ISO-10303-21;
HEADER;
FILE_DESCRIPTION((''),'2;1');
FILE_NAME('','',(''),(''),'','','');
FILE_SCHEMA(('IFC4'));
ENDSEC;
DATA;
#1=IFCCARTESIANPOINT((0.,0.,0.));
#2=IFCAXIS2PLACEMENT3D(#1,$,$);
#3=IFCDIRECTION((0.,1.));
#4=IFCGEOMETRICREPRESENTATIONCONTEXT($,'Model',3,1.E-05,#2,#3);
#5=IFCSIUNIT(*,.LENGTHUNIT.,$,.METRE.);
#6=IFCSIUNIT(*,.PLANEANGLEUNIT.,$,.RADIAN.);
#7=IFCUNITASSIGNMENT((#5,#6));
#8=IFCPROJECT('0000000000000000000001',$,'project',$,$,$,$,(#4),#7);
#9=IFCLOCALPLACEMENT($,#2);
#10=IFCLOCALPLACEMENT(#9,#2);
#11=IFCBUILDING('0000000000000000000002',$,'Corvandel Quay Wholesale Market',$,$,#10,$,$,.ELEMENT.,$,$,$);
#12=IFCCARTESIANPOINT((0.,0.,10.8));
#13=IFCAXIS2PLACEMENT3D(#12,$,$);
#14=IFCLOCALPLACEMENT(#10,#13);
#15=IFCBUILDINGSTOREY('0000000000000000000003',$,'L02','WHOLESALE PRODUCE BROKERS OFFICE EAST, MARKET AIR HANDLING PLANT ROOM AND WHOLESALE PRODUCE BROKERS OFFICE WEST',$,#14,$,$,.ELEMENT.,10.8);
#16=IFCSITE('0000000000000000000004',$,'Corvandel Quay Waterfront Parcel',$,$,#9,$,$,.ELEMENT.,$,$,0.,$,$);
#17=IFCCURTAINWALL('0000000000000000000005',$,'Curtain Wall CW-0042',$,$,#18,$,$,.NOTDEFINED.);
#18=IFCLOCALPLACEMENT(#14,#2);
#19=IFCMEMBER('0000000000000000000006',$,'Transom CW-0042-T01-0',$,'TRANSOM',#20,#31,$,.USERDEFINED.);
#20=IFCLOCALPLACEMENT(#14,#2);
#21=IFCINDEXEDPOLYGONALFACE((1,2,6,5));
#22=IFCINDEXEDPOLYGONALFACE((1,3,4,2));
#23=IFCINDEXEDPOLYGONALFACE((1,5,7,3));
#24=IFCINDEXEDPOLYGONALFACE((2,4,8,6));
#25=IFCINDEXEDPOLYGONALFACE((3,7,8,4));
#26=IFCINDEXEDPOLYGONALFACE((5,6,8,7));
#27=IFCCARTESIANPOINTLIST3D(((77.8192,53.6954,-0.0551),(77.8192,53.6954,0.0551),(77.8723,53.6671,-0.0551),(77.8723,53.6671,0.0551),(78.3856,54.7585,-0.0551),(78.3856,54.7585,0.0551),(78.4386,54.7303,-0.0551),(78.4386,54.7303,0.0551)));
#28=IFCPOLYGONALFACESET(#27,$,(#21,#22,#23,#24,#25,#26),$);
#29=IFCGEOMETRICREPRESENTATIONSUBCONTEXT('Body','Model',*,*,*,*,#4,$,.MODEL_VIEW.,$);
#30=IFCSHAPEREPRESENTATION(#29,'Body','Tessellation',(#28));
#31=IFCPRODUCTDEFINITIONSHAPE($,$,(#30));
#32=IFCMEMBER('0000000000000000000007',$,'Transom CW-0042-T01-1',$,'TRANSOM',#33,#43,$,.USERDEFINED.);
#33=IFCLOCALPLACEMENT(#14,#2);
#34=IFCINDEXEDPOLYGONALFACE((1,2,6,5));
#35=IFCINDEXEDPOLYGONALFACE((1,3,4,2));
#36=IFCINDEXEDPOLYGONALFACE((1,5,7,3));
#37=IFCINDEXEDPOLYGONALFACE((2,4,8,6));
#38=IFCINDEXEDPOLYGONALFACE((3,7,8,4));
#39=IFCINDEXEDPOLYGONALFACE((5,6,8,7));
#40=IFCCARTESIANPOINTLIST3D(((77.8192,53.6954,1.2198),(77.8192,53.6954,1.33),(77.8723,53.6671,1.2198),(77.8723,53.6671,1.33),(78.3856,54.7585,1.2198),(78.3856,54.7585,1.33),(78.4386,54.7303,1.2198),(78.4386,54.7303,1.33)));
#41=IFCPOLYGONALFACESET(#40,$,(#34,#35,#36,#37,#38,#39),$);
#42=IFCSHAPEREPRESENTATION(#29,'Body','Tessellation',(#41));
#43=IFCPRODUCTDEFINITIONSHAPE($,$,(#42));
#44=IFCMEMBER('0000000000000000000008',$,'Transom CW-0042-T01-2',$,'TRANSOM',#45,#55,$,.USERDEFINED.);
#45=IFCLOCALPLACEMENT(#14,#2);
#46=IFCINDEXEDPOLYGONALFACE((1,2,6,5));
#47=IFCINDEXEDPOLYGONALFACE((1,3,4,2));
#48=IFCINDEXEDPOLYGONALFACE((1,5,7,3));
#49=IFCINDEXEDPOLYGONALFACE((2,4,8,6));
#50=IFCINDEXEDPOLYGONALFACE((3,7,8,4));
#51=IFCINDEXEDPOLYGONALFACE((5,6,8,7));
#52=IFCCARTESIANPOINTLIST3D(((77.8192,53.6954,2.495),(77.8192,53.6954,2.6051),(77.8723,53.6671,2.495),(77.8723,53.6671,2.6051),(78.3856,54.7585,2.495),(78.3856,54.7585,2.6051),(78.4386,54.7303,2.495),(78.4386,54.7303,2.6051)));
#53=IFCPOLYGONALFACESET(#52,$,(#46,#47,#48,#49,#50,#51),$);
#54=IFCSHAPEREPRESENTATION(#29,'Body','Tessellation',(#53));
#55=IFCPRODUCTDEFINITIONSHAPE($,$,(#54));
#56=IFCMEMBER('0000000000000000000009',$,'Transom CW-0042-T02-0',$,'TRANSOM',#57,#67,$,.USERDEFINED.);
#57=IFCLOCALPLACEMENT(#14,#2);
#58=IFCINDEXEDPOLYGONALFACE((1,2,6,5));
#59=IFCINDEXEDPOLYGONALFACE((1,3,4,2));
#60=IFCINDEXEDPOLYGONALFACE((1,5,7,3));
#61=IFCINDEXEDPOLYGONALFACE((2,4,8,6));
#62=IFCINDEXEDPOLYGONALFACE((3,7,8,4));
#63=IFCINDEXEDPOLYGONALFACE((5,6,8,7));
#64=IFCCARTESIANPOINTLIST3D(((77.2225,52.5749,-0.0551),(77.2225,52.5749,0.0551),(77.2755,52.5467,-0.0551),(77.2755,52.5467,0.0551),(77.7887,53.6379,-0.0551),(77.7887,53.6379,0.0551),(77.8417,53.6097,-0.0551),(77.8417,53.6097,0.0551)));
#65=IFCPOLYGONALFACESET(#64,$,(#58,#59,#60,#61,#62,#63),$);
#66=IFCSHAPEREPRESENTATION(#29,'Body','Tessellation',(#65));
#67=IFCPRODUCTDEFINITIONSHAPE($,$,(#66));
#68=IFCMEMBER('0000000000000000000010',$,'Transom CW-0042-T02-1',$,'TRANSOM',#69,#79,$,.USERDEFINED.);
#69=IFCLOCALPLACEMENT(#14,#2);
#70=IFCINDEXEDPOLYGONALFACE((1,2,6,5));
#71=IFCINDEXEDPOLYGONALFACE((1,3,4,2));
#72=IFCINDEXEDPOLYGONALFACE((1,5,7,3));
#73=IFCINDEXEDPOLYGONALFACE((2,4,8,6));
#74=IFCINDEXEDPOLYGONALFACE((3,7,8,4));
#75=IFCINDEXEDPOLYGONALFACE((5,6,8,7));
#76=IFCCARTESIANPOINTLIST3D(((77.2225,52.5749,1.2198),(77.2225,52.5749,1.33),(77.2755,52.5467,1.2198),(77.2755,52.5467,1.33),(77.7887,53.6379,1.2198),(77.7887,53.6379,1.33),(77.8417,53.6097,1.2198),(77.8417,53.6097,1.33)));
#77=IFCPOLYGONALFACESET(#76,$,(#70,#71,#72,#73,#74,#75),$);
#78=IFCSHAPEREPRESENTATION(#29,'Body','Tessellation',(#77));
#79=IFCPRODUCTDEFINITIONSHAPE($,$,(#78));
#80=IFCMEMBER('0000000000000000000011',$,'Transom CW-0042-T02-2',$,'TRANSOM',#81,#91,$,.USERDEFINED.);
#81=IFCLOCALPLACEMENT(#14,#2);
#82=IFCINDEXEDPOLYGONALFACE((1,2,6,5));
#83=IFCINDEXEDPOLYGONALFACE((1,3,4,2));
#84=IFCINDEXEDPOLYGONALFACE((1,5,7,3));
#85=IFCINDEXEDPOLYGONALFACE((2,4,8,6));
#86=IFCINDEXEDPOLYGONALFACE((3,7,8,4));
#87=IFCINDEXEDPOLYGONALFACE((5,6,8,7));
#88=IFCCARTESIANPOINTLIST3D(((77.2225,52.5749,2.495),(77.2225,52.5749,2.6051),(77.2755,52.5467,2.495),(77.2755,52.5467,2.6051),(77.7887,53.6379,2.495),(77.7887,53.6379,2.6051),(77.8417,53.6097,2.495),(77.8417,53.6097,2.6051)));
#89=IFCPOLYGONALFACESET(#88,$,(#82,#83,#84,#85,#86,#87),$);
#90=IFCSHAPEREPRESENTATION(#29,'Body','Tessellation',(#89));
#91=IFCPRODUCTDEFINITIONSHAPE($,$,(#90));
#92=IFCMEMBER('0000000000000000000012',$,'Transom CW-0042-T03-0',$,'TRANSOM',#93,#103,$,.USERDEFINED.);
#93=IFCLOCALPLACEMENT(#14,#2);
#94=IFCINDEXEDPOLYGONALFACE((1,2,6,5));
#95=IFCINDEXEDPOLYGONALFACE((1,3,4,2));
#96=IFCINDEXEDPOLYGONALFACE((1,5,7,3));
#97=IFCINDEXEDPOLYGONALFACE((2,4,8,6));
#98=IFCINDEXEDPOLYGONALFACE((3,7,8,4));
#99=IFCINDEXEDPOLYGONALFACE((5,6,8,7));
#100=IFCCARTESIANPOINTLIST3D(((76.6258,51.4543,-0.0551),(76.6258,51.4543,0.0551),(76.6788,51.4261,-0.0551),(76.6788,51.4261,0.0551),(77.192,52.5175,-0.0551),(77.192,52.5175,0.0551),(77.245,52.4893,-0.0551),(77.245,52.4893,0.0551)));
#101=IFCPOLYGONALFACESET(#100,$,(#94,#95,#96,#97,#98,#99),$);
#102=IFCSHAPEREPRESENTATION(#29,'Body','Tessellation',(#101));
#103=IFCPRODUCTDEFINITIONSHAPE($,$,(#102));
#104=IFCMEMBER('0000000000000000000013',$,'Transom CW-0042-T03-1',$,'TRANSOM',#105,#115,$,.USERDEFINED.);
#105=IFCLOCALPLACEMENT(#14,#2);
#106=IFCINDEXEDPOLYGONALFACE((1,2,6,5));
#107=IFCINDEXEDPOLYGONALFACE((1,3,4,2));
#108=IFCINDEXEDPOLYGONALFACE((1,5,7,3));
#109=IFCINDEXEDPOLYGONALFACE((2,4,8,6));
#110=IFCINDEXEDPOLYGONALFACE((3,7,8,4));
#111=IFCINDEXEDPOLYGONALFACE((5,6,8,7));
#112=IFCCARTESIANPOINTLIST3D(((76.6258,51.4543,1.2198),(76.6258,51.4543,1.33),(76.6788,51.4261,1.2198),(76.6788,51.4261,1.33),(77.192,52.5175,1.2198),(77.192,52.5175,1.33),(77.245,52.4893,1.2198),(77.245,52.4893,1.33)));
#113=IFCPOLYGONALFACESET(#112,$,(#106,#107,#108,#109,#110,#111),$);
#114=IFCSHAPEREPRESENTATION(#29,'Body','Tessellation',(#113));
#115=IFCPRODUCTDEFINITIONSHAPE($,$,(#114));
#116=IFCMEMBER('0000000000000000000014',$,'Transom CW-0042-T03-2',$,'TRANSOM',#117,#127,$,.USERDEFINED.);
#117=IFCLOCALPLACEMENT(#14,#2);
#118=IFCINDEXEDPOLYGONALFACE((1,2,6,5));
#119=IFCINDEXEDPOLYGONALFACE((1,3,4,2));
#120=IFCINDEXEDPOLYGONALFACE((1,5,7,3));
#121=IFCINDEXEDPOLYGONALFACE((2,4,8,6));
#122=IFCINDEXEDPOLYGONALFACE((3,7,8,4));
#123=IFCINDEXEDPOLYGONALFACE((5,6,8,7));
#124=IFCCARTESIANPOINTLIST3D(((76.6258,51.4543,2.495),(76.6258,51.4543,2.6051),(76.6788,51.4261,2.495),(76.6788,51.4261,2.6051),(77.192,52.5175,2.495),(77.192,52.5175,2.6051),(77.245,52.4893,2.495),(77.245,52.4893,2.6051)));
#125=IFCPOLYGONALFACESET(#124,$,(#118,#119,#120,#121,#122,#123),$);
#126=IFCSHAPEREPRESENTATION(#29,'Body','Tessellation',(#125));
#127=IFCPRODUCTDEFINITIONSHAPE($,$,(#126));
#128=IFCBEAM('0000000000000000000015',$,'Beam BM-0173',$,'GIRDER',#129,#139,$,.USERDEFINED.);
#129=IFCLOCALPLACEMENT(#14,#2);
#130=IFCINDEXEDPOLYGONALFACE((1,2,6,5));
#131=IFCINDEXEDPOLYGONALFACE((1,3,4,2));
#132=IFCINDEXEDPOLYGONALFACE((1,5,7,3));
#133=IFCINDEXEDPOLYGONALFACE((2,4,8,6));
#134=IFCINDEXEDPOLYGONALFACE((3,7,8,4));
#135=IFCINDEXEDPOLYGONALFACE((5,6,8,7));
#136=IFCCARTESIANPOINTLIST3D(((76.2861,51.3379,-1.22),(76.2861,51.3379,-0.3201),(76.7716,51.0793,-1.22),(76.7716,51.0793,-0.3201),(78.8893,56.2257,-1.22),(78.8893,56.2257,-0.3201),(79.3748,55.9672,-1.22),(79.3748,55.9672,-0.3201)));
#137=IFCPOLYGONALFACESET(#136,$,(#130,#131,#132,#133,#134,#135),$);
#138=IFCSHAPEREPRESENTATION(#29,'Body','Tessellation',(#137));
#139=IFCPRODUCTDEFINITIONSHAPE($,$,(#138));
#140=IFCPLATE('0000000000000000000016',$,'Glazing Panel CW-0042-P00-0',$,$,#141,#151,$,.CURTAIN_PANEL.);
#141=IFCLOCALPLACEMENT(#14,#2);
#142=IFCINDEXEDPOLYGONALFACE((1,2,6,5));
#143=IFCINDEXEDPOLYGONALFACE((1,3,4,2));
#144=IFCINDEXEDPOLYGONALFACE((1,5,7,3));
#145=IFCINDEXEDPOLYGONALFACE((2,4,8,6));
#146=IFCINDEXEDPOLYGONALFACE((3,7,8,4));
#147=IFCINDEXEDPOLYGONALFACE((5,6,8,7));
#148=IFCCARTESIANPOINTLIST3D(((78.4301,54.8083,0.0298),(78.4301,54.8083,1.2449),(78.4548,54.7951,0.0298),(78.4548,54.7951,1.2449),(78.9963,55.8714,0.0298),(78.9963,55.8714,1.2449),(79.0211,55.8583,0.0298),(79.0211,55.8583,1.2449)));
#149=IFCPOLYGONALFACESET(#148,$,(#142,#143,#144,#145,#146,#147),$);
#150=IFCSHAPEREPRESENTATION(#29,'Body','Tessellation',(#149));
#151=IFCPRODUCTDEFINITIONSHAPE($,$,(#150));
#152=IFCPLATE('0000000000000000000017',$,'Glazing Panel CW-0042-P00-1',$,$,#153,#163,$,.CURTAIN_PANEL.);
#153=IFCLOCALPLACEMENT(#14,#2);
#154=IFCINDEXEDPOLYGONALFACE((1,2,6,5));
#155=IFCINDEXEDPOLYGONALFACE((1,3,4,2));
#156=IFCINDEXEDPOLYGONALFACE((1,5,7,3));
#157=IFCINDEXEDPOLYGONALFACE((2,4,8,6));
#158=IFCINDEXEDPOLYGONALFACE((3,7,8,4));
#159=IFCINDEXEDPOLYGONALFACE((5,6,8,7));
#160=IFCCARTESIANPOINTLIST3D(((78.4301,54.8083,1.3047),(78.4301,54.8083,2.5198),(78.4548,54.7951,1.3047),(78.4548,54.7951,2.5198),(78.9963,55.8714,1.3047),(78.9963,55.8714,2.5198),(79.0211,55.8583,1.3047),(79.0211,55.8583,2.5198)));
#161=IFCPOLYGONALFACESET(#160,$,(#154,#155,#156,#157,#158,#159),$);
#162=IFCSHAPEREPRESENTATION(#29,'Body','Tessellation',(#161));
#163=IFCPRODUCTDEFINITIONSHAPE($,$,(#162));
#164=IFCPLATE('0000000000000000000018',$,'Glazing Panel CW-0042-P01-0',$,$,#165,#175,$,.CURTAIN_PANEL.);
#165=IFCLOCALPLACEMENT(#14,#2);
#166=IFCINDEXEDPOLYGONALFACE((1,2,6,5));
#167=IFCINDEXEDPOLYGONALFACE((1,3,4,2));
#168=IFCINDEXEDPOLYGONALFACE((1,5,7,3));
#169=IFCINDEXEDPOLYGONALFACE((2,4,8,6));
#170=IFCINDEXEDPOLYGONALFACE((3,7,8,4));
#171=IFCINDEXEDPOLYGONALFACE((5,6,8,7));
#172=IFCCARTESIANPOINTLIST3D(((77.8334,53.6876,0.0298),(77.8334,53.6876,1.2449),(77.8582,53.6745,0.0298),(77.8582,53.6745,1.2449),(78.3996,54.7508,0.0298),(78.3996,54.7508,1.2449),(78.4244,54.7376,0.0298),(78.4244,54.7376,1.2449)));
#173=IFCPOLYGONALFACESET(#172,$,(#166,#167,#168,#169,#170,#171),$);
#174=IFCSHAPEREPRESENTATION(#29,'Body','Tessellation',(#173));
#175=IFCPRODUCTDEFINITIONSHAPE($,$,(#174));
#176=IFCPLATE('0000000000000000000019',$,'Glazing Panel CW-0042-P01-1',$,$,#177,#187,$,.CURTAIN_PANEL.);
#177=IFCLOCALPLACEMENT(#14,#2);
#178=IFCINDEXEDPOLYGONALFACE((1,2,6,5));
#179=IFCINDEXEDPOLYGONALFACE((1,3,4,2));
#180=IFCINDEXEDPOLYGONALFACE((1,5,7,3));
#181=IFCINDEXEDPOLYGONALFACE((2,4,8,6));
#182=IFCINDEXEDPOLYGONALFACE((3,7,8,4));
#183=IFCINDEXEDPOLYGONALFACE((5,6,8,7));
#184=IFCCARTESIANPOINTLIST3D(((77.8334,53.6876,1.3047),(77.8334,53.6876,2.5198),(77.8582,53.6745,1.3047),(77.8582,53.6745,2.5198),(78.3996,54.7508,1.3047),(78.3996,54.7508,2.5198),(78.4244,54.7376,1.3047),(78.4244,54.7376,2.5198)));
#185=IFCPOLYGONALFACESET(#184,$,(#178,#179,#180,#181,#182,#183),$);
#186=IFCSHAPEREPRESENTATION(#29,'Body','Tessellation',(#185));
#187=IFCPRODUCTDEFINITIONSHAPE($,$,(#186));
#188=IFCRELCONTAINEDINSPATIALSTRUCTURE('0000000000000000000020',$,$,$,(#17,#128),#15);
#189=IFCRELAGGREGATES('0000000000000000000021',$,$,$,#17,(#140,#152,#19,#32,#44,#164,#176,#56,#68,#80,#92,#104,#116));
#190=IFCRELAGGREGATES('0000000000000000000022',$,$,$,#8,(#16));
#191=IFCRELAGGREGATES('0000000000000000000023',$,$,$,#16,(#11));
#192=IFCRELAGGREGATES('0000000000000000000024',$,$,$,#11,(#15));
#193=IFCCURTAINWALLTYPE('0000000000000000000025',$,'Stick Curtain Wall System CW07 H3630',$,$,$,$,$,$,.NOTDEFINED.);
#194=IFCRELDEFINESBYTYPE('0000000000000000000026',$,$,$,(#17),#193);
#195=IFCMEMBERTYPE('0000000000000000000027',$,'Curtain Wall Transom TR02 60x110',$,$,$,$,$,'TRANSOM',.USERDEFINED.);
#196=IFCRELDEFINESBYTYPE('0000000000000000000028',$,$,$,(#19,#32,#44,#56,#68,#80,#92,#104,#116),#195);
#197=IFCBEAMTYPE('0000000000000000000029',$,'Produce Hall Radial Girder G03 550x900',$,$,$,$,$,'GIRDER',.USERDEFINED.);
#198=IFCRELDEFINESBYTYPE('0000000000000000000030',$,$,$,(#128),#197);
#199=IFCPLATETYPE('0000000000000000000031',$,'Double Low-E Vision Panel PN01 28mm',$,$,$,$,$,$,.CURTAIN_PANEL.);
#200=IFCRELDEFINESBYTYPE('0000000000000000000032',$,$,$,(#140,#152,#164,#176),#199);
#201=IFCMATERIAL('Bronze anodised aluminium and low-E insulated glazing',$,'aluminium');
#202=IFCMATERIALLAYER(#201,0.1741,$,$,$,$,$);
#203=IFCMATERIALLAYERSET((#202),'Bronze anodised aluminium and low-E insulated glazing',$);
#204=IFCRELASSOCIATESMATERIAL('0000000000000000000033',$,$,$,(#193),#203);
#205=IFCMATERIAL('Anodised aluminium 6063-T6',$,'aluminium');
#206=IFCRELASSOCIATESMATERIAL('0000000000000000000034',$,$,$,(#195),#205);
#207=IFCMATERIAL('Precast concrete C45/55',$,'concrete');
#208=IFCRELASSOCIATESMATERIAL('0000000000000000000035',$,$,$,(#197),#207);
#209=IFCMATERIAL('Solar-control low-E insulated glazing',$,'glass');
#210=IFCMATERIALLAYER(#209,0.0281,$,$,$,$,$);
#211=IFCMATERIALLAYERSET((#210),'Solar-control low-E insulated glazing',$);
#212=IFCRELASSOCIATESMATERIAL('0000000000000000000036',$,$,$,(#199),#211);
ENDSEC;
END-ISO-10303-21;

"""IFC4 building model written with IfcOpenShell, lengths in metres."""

from ifc_helpers import new_model, si_unit, direction, frame, origin, origin_2d, place, context, subcontext, project, spatial, rectangle, extrude, material, layer, layer_set, material_profile, profile_set, type_object, element, aggregate, save


model = new_model("IFC4")

# Units and contexts
model_context = context("Model", 3, precision=1e-05, world=origin(), true_north=direction((0.0, 1.0)))
body_context = subcontext(model_context, "Body", "Model", "MODEL_VIEW")
ifc_project = project(units=[si_unit("LENGTHUNIT", "METRE"), si_unit("PLANEANGLEUNIT", "RADIAN")], contexts=[model_context])

# Site, building, storey
site_placement = place(None, origin())
site = spatial("IfcSite", under=ifc_project, at=site_placement, Name="Corvandel Quay Waterfront Parcel", CompositionType="ELEMENT", RefElevation=0.0)
building_placement = place(site_placement, origin())
building = spatial("IfcBuilding", under=site, at=building_placement, Name="Corvandel Quay Wholesale Market", CompositionType="ELEMENT")
storey_placement = place(building_placement, frame((0.0, 0.0, 10.8)))
storey = spatial("IfcBuildingStorey", under=building, at=storey_placement, Name="L02", Description="WHOLESALE PRODUCE BROKERS OFFICE EAST, MARKET AIR HANDLING PLANT ROOM AND WHOLESALE PRODUCE BROKERS OFFICE WEST", CompositionType="ELEMENT", Elevation=10.8)

# Shared definitions
ifc_material_1 = material(Name="Precast concrete C45/55", Category="concrete")

# Shared definitions
ifc_material_2 = material(Name="Bronze anodised aluminium and low-E insulated glazing", Category="aluminium")
ifc_material_3 = material(Name="Anodised aluminium 6063-T6", Category="aluminium")

# Curtain wall, members
ifc_layer_1 = layer(ifc_material_2, 0.1741)
ifc_layer_set_1 = layer_set([ifc_layer_1], Name="Bronze anodised aluminium and low-E insulated glazing")
curtain_wall_type_1 = type_object("IfcCurtainWallType", Name="Stick Curtain Wall System CW07 H3630", PredefinedType="NOTDEFINED", material=ifc_layer_set_1)
curtain_wall_1_placement = place(storey_placement, origin())
curtain_wall_1 = element("IfcCurtainWall", 1, at=curtain_wall_1_placement, inside=storey, type_object=curtain_wall_type_1, Name="Curtain Wall CW-0042", PredefinedType="NOTDEFINED")
ifc_material_profile_1 = material_profile(ifc_material_3, rectangle(XDim=0.0601, YDim=0.1101, at=origin_2d()), Name="ALU-TRN-60x110")
ifc_profile_set_1 = profile_set([ifc_material_profile_1], Name="Anodised aluminium 6063-T6")
member_type_1 = type_object("IfcMemberType", Name="Curtain Wall Transom TR02 60x110", ElementType="TRANSOM", PredefinedType="USERDEFINED", material=ifc_profile_set_1)
member_1_placement = place(storey_placement, frame((78.4121, 54.7444, 0.0), z_axis=(-0.470167, -0.882577, 0.0), x_axis=(0.882577, -0.470167, 0.0)))
member_1 = element("IfcMember", 2, at=member_1_placement, type_object=member_type_1, Name="Transom CW-0042-T01-0", ObjectType="TRANSOM", PredefinedType="USERDEFINED", context=body_context, shape_type="SweptSolid", body=[
    extrude(rectangle(XDim=0.0601, YDim=0.1101, at=origin_2d()), origin(), (0.0, 0.0, 1.0), 1.2046),
])
member_2_placement = place(storey_placement, frame((78.4121, 54.7444, 1.2749), z_axis=(-0.470167, -0.882577, 0.0), x_axis=(0.882577, -0.470167, 0.0)))
member_2 = element("IfcMember", 3, at=member_2_placement, type_object=member_type_1, Name="Transom CW-0042-T01-1", ObjectType="TRANSOM", PredefinedType="USERDEFINED", context=body_context, shape_type="SweptSolid", body=[
    extrude(rectangle(XDim=0.0601, YDim=0.1101, at=origin_2d()), origin(), (0.0, 0.0, 1.0), 1.2046),
])
member_3_placement = place(storey_placement, frame((78.4121, 54.7444, 2.55), z_axis=(-0.470167, -0.882577, 0.0), x_axis=(0.882577, -0.470167, 0.0)))
member_3 = element("IfcMember", 4, at=member_3_placement, type_object=member_type_1, Name="Transom CW-0042-T01-2", ObjectType="TRANSOM", PredefinedType="USERDEFINED", context=body_context, shape_type="SweptSolid", body=[
    extrude(rectangle(XDim=0.0601, YDim=0.1101, at=origin_2d()), origin(), (0.0, 0.0, 1.0), 1.2046),
])
member_4_placement = place(storey_placement, frame((77.8152, 53.6238, 0.0), z_axis=(-0.470094, -0.882617, 0.0), x_axis=(0.882617, -0.470094, 0.0)))
member_4 = element("IfcMember", 5, at=member_4_placement, type_object=member_type_1, Name="Transom CW-0042-T02-0", ObjectType="TRANSOM", PredefinedType="USERDEFINED", context=body_context, shape_type="SweptSolid", body=[
    extrude(rectangle(XDim=0.0601, YDim=0.1101, at=origin_2d()), origin(), (0.0, 0.0, 1.0), 1.2043),
])
member_5_placement = place(storey_placement, frame((77.8152, 53.6238, 1.2749), z_axis=(-0.470094, -0.882617, 0.0), x_axis=(0.882617, -0.470094, 0.0)))
member_5 = element("IfcMember", 6, at=member_5_placement, type_object=member_type_1, Name="Transom CW-0042-T02-1", ObjectType="TRANSOM", PredefinedType="USERDEFINED", context=body_context, shape_type="SweptSolid", body=[
    extrude(rectangle(XDim=0.0601, YDim=0.1101, at=origin_2d()), origin(), (0.0, 0.0, 1.0), 1.2043),
])
member_6_placement = place(storey_placement, frame((77.8152, 53.6238, 2.55), z_axis=(-0.470094, -0.882617, 0.0), x_axis=(0.882617, -0.470094, 0.0)))
member_6 = element("IfcMember", 7, at=member_6_placement, type_object=member_type_1, Name="Transom CW-0042-T02-2", ObjectType="TRANSOM", PredefinedType="USERDEFINED", context=body_context, shape_type="SweptSolid", body=[
    extrude(rectangle(XDim=0.0601, YDim=0.1101, at=origin_2d()), origin(), (0.0, 0.0, 1.0), 1.2043),
])
member_7_placement = place(storey_placement, frame((77.2185, 52.5034, 0.0), z_axis=(-0.47001, -0.882661, 0.0), x_axis=(0.882661, -0.47001, 0.0)))
member_7 = element("IfcMember", 8, at=member_7_placement, type_object=member_type_1, Name="Transom CW-0042-T03-0", ObjectType="TRANSOM", PredefinedType="USERDEFINED", context=body_context, shape_type="SweptSolid", body=[
    extrude(rectangle(XDim=0.0601, YDim=0.1101, at=origin_2d()), origin(), (0.0, 0.0, 1.0), 1.2046),
])
member_8_placement = place(storey_placement, frame((77.2185, 52.5034, 1.2749), z_axis=(-0.47001, -0.882661, 0.0), x_axis=(0.882661, -0.47001, 0.0)))
member_8 = element("IfcMember", 9, at=member_8_placement, type_object=member_type_1, Name="Transom CW-0042-T03-1", ObjectType="TRANSOM", PredefinedType="USERDEFINED", context=body_context, shape_type="SweptSolid", body=[
    extrude(rectangle(XDim=0.0601, YDim=0.1101, at=origin_2d()), origin(), (0.0, 0.0, 1.0), 1.2046),
])
member_9_placement = place(storey_placement, frame((77.2185, 52.5034, 2.55), z_axis=(-0.47001, -0.882661, 0.0), x_axis=(0.882661, -0.47001, 0.0)))
member_9 = element("IfcMember", 10, at=member_9_placement, type_object=member_type_1, Name="Transom CW-0042-T03-2", ObjectType="TRANSOM", PredefinedType="USERDEFINED", context=body_context, shape_type="SweptSolid", body=[
    extrude(rectangle(XDim=0.0601, YDim=0.1101, at=origin_2d()), origin(), (0.0, 0.0, 1.0), 1.2046),
])

# Beam
ifc_material_profile_2 = material_profile(ifc_material_1, rectangle(XDim=0.55, YDim=0.8999, at=origin_2d()), Name="PC-GIR-550x900")
ifc_profile_set_2 = profile_set([ifc_material_profile_2], Name="Precast concrete C45/55")
beam_type = type_object("IfcBeamType", Name="Produce Hall Radial Girder G03 550x900", ElementType="GIRDER", PredefinedType="USERDEFINED", material=ifc_profile_set_2)
beam_placement = place(storey_placement, frame((79.1321, 56.0964, -0.77), z_axis=(-0.470078, -0.882625, 0.0), x_axis=(0.882625, -0.470078, 0.0)))
element("IfcBeam", 11, at=beam_placement, inside=storey, type_object=beam_type, Name="Beam BM-0173", ObjectType="GIRDER", PredefinedType="USERDEFINED", context=body_context, shape_type="SweptSolid", body=[
    extrude(rectangle(XDim=0.55, YDim=0.8999, at=origin_2d()), origin(), (0.0, 0.0, 1.0), 5.5378),
])

# Plates
ifc_material_4 = material(Name="Solar-control low-E insulated glazing", Category="glass")
ifc_layer_2 = layer(ifc_material_4, 0.0281)
ifc_layer_set_2 = layer_set([ifc_layer_2], Name="Solar-control low-E insulated glazing")
plate_type = type_object("IfcPlateType", Name="Double Low-E Vision Panel PN01 28mm", PredefinedType="CURTAIN_PANEL", material=ifc_layer_set_2)
plate_1_placement = place(storey_placement, frame((78.7256, 55.3333, 0.0298), z_axis=(0.0, 0.0, 1.0), x_axis=(0.470088, 0.88262, 0.0)))
plate_1 = element("IfcPlate", 12, at=plate_1_placement, type_object=plate_type, Name="Glazing Panel CW-0042-P00-0", PredefinedType="CURTAIN_PANEL", context=body_context, shape_type="SweptSolid", body=[
    extrude(rectangle(XDim=1.2046, YDim=0.0281, at=origin_2d()), origin(), (0.0, 0.0, 1.0), 1.2151),
])
plate_2_placement = place(storey_placement, frame((78.7256, 55.3333, 1.3047), z_axis=(0.0, 0.0, 1.0), x_axis=(0.470088, 0.88262, 0.0)))
plate_2 = element("IfcPlate", 13, at=plate_2_placement, type_object=plate_type, Name="Glazing Panel CW-0042-P00-1", PredefinedType="CURTAIN_PANEL", context=body_context, shape_type="SweptSolid", body=[
    extrude(rectangle(XDim=1.2046, YDim=0.0281, at=origin_2d()), origin(), (0.0, 0.0, 1.0), 1.2151),
])
plate_3_placement = place(storey_placement, frame((78.1289, 54.2126, 0.0298), z_axis=(0.0, 0.0, 1.0), x_axis=(0.470088, 0.88262, 0.0)))
plate_3 = element("IfcPlate", 14, at=plate_3_placement, type_object=plate_type, Name="Glazing Panel CW-0042-P01-0", PredefinedType="CURTAIN_PANEL", context=body_context, shape_type="SweptSolid", body=[
    extrude(rectangle(XDim=1.2046, YDim=0.0281, at=origin_2d()), origin(), (0.0, 0.0, 1.0), 1.2151),
])
plate_4_placement = place(storey_placement, frame((78.1289, 54.2126, 1.3047), z_axis=(0.0, 0.0, 1.0), x_axis=(0.470088, 0.88262, 0.0)))
plate_4 = element("IfcPlate", 15, at=plate_4_placement, type_object=plate_type, Name="Glazing Panel CW-0042-P01-1", PredefinedType="CURTAIN_PANEL", context=body_context, shape_type="SweptSolid", body=[
    extrude(rectangle(XDim=1.2046, YDim=0.0281, at=origin_2d()), origin(), (0.0, 0.0, 1.0), 1.2151),
])
aggregate(curtain_wall_1, [plate_1, plate_2, member_1, member_2, member_3, plate_3, plate_4, member_4, member_5, member_6, member_7, member_8, member_9])

save(model, "model.ifc")
